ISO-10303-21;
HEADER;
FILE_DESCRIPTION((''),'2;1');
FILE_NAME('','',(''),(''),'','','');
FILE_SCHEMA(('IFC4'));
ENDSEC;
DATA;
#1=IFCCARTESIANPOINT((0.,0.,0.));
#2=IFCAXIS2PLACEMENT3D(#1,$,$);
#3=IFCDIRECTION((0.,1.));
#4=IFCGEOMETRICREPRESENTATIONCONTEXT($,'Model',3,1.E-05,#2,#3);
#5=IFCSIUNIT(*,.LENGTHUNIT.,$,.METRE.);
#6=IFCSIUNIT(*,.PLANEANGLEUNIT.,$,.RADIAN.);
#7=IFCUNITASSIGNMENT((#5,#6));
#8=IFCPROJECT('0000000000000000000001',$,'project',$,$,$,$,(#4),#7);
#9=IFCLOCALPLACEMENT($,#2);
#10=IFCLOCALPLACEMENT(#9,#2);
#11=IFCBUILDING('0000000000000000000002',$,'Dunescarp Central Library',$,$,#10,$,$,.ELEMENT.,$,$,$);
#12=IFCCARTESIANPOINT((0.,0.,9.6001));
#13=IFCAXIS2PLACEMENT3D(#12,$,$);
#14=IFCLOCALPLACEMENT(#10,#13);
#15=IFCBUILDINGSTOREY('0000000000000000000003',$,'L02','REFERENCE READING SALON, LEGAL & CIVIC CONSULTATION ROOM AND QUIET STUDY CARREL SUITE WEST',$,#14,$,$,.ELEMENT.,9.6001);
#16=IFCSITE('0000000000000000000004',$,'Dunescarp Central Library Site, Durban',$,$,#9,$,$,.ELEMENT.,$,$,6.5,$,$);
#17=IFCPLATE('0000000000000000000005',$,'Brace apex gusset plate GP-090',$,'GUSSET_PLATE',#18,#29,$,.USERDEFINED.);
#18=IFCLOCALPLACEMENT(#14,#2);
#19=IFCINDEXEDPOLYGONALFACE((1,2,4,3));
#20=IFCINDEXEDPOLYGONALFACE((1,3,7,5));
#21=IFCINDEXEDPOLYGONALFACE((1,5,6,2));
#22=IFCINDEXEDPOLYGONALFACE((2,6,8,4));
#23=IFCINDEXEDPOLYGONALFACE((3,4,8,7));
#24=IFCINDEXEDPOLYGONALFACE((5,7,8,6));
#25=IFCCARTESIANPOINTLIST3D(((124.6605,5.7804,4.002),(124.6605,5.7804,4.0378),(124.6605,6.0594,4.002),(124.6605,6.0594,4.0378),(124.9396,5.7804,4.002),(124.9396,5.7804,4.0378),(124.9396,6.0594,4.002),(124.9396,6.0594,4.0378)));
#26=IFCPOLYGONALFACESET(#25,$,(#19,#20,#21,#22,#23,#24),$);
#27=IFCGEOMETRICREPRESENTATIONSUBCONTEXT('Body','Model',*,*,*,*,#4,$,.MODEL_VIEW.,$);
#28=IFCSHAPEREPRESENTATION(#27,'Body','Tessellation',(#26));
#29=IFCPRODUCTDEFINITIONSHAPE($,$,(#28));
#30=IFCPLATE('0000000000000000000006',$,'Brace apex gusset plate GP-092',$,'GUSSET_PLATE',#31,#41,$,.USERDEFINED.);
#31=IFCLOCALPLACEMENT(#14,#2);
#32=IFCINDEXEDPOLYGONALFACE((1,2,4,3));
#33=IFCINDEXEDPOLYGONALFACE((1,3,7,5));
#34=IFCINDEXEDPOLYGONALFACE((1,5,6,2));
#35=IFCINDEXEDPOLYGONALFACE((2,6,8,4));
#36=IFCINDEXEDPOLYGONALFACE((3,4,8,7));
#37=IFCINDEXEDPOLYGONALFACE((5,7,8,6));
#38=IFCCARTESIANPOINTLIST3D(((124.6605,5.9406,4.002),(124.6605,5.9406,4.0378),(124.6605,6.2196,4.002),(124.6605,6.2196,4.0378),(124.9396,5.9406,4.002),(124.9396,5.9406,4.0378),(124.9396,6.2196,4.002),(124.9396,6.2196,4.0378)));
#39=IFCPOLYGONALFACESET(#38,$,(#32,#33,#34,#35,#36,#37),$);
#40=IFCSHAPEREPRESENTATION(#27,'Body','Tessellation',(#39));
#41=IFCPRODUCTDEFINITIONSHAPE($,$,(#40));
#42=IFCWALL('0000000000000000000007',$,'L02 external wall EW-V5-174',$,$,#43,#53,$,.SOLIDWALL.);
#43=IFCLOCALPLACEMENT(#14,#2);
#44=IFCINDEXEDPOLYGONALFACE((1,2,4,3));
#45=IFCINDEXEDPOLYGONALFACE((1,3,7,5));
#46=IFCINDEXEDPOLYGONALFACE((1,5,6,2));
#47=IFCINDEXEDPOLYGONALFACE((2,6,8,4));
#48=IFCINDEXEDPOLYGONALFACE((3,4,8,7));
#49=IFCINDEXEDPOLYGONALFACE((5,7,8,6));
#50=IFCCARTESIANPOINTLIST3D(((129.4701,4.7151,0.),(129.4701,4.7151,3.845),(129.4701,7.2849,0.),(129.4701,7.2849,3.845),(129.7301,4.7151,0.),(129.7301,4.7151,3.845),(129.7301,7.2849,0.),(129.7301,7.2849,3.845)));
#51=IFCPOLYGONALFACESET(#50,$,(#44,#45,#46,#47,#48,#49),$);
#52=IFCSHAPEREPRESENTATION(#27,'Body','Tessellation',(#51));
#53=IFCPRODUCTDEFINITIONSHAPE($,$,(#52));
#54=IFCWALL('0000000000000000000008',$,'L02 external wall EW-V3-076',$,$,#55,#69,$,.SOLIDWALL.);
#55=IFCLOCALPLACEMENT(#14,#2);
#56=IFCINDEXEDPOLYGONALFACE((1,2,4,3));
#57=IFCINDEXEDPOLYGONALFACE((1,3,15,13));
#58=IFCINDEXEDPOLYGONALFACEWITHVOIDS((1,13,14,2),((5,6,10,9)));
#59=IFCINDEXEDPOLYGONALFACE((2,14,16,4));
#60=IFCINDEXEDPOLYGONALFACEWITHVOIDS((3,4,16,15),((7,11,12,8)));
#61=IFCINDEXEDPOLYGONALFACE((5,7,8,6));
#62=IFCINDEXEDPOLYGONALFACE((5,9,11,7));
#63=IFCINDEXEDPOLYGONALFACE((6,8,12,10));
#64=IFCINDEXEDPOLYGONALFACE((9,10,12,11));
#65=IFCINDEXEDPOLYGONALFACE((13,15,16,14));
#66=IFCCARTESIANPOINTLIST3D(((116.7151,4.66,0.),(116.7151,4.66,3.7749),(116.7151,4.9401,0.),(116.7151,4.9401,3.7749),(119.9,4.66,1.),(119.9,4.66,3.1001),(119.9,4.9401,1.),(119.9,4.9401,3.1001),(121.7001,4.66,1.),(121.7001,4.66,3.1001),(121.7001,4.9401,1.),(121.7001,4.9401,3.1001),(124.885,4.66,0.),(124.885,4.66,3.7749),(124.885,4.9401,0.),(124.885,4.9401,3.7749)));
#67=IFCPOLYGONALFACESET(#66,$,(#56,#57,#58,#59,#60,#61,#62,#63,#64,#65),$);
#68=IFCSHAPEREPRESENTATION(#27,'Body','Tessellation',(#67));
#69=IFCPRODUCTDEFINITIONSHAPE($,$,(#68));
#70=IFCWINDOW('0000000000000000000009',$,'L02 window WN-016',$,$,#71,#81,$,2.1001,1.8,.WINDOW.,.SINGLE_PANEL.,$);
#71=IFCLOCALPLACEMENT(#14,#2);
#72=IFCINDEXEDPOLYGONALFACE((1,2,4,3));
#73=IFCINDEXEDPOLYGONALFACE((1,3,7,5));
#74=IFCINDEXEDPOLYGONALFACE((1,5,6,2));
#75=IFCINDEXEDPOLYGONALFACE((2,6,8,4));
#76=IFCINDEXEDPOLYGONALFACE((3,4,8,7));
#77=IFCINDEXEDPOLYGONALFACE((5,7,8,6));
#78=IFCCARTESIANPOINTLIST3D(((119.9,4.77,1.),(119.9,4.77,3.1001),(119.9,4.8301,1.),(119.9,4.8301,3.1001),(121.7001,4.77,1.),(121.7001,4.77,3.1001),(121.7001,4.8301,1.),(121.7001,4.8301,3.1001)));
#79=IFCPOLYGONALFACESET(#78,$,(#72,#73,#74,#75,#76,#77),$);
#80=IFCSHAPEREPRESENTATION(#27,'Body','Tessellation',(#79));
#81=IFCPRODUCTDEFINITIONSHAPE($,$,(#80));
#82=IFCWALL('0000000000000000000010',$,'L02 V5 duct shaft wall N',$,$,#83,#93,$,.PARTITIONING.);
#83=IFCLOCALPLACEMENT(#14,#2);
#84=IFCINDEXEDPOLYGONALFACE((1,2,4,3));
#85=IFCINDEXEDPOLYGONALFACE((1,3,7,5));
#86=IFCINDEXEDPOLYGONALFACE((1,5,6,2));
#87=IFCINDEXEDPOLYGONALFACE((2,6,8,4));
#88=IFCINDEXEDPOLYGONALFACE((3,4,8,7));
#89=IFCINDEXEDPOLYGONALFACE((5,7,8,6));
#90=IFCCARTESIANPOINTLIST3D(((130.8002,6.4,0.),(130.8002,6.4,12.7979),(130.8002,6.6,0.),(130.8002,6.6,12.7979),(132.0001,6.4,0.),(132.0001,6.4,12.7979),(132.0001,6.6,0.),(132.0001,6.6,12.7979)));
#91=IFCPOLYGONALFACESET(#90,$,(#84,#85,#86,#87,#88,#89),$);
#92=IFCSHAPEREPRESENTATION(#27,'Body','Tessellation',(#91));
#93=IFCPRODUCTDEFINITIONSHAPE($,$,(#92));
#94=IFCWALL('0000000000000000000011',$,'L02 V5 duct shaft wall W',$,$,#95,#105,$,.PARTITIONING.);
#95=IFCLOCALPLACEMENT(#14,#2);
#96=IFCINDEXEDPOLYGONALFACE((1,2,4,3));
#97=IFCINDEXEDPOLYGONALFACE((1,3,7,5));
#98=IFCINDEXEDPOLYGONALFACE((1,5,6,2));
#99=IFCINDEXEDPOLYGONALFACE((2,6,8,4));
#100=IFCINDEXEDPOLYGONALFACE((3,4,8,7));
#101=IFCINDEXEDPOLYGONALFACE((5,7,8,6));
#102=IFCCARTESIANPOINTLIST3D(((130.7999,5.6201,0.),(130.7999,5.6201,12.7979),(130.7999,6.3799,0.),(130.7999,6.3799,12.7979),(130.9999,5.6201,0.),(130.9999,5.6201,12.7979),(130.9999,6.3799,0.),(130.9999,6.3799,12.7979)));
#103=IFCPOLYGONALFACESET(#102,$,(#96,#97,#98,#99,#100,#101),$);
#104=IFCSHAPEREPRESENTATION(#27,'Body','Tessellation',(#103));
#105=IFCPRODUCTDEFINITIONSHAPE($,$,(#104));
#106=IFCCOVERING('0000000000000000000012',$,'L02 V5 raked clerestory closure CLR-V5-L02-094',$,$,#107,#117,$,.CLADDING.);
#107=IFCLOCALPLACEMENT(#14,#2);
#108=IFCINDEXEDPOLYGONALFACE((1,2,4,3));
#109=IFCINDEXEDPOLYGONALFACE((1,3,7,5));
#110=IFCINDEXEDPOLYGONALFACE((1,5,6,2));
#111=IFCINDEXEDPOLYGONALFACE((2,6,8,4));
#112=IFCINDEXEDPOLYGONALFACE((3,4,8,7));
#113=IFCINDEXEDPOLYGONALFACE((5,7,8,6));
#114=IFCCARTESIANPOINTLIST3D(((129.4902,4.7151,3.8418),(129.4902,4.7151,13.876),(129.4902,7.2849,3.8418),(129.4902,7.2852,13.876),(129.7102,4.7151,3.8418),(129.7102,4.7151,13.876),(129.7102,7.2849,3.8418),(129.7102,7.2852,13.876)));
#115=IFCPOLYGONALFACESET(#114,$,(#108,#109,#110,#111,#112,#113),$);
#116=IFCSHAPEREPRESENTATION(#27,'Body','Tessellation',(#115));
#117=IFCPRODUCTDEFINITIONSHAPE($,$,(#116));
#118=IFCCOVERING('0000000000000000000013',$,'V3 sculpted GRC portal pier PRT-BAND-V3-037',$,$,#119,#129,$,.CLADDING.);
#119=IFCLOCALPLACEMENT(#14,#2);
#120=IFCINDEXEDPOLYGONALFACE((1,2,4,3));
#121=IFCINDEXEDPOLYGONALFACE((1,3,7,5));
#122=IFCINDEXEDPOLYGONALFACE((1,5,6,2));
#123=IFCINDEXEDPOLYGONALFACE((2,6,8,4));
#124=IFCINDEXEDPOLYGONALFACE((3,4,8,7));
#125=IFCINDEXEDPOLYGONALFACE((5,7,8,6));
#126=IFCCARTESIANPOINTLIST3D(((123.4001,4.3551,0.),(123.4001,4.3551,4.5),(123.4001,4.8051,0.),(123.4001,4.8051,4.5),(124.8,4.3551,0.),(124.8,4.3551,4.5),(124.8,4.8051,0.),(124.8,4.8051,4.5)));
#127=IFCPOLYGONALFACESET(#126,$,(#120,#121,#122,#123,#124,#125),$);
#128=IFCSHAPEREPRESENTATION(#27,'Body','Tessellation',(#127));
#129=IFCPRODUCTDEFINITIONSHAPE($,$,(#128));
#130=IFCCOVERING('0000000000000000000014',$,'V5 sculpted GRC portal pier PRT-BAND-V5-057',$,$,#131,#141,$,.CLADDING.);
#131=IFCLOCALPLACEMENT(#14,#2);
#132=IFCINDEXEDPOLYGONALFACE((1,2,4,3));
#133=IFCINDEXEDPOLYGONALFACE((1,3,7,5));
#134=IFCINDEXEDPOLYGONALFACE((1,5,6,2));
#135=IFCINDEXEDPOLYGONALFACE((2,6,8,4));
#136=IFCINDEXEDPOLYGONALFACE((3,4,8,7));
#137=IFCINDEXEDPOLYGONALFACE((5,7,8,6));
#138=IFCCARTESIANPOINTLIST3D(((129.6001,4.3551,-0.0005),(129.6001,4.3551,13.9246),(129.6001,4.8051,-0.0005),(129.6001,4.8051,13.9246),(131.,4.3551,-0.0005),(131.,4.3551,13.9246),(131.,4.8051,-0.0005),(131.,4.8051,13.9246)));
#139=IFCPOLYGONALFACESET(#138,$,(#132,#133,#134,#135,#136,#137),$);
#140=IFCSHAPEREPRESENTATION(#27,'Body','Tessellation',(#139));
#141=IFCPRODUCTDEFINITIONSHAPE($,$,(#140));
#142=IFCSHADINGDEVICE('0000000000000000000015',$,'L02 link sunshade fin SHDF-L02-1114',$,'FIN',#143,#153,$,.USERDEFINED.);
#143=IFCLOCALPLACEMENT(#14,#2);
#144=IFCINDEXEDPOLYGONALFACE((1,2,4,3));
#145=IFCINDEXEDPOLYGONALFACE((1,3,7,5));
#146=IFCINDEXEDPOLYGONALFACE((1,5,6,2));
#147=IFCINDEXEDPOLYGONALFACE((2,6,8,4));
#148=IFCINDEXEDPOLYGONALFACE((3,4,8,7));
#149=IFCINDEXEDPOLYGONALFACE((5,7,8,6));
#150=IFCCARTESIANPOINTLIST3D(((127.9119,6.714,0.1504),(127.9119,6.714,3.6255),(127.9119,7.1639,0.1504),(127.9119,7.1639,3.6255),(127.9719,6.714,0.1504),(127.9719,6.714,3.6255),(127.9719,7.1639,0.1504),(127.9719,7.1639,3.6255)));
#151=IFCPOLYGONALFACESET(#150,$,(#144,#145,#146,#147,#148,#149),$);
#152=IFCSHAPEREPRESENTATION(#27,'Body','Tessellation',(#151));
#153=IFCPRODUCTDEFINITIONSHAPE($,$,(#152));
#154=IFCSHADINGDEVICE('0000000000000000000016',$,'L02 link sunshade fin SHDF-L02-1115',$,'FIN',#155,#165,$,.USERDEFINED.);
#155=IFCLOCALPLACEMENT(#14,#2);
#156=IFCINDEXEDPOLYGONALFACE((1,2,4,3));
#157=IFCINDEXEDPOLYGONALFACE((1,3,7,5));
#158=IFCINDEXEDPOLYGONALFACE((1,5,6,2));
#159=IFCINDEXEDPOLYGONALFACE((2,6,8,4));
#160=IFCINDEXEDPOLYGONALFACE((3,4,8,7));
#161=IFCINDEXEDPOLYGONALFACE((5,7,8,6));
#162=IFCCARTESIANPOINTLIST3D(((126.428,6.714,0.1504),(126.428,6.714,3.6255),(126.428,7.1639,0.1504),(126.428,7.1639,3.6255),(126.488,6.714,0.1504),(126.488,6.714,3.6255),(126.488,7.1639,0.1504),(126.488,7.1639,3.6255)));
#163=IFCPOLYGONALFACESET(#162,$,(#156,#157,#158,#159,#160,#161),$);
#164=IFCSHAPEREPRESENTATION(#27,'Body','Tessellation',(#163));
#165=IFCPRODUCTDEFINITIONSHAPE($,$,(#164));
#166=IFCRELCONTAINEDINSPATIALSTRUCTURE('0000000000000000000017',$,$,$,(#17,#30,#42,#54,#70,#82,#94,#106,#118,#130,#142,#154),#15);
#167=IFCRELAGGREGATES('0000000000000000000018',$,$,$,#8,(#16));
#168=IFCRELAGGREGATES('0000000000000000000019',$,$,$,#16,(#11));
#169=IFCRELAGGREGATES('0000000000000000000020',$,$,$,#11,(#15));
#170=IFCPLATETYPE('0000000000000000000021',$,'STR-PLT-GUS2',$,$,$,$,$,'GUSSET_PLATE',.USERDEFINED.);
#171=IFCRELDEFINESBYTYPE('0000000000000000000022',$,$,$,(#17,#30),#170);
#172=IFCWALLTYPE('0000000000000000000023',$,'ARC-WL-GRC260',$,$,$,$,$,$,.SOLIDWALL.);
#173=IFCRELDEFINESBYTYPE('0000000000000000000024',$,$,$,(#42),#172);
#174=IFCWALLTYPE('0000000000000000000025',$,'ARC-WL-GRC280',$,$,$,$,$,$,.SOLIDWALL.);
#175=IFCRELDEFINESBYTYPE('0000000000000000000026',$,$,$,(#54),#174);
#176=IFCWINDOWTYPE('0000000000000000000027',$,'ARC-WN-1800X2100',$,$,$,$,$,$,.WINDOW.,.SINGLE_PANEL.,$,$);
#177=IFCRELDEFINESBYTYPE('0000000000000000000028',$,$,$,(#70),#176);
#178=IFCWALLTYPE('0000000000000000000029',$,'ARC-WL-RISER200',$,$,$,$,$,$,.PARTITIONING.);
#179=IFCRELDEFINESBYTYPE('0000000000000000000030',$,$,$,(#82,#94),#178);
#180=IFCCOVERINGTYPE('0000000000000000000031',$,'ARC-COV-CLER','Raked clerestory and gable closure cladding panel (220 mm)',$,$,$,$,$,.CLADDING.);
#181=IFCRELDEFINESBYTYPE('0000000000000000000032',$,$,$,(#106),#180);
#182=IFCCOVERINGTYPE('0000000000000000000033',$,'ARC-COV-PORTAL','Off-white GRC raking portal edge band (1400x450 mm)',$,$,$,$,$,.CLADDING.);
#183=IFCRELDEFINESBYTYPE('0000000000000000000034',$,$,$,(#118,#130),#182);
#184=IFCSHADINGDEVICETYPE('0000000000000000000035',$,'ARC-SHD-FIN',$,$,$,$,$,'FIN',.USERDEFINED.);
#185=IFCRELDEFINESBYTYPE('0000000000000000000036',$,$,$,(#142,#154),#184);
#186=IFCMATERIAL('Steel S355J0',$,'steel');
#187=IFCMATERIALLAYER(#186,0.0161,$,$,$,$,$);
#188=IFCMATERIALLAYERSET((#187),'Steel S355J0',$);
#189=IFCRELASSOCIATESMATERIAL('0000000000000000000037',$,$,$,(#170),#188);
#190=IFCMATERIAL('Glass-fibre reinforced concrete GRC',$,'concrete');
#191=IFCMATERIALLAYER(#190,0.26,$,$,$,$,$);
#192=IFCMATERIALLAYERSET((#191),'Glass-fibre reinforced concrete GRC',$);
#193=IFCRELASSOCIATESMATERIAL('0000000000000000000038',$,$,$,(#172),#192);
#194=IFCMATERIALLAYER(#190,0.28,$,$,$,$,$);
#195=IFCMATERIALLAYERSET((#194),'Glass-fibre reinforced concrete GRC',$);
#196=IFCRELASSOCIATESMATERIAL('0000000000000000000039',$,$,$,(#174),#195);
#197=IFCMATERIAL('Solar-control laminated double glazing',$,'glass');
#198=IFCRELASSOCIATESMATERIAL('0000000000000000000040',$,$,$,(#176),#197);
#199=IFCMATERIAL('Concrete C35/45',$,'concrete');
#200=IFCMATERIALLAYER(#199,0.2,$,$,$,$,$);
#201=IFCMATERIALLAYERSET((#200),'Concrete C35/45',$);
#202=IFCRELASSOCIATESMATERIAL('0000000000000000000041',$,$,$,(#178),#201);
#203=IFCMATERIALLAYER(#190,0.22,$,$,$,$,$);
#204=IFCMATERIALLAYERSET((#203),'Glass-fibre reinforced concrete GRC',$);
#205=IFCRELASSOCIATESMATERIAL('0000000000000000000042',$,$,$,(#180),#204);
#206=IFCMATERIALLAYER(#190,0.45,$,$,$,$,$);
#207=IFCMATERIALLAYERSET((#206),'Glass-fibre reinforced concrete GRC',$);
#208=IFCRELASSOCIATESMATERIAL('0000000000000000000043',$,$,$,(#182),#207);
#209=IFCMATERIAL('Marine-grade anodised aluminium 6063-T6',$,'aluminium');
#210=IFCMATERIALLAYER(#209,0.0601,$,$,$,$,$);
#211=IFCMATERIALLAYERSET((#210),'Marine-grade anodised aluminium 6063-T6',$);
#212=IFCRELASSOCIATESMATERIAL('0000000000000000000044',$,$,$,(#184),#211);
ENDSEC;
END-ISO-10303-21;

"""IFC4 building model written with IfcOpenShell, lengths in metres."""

from ifc_helpers import new_model, si_unit, direction, frame, frame_2d, origin, origin_2d, place, context, subcontext, project, spatial, polyline, rectangle, outline, extrude, material, layer, layer_set, type_object, element, fill, save


model = new_model("IFC4")

# Units and contexts
model_context = context("Model", 3, precision=1e-05, world=origin(), true_north=direction((0.0, 1.0)))
body_context = subcontext(model_context, "Body", "Model", "MODEL_VIEW")
ifc_project = project(units=[si_unit("LENGTHUNIT", "METRE"), si_unit("PLANEANGLEUNIT", "RADIAN")], contexts=[model_context])

# Site, building, storey
site_placement = place(None, origin())
site = spatial("IfcSite", under=ifc_project, at=site_placement, Name="Dunescarp Central Library Site, Durban", CompositionType="ELEMENT", RefElevation=6.5)
building_placement = place(site_placement, origin())
building = spatial("IfcBuilding", under=site, at=building_placement, Name="Dunescarp Central Library", CompositionType="ELEMENT")
storey_placement = place(building_placement, frame((0.0, 0.0, 9.6001)))
storey = spatial("IfcBuildingStorey", under=building, at=storey_placement, Name="L02", Description="REFERENCE READING SALON, LEGAL & CIVIC CONSULTATION ROOM AND QUIET STUDY CARREL SUITE WEST", CompositionType="ELEMENT", Elevation=9.6001)

# Shared definitions
ifc_material_1 = material(Name="Marine-grade anodised aluminium 6063-T6", Category="aluminium")

# Shared definitions
ifc_material_2 = material(Name="Steel S355J0", Category="steel")

# Shared definitions
ifc_material_3 = material(Name="Solar-control laminated double glazing", Category="glass")

# Plates
ifc_layer_1 = layer(ifc_material_2, 0.0161)
ifc_layer_set_1 = layer_set([ifc_layer_1], Name="Steel S355J0")
plate_type_1 = type_object("IfcPlateType", Name="STR-PLT-GUS2", ElementType="GUSSET_PLATE", PredefinedType="USERDEFINED", material=ifc_layer_set_1)
for number, where, z_axis, x_axis, name in (
    (1, (124.8, 5.9199, 4.002), (0.0, 0.0, 1.0), (1.0, 0.0, 0.0), "Brace apex gusset plate GP-090"),
    (2, (124.8, 6.0801, 4.002), (0.0, 0.0, 1.0), (1.0, 0.0, 0.0), "Brace apex gusset plate GP-092"),
):
    element("IfcPlate", number, at=place(storey_placement, frame(where, z_axis=z_axis, x_axis=x_axis)), inside=storey, type_object=plate_type_1, Name=name, ObjectType="GUSSET_PLATE", PredefinedType="USERDEFINED", context=body_context, shape_type="SweptSolid", body=[
        extrude(rectangle(XDim=0.2791, YDim=0.2791, at=origin_2d()), origin(), (0.0, 0.0, 1.0), 0.0359),
    ])

# Wall
ifc_material_4 = material(Name="Glass-fibre reinforced concrete GRC", Category="concrete")
ifc_layer_2 = layer(ifc_material_4, 0.26)
ifc_layer_set_2 = layer_set([ifc_layer_2], Name="Glass-fibre reinforced concrete GRC")
wall_type_1 = type_object("IfcWallType", Name="ARC-WL-GRC260", PredefinedType="SOLIDWALL", material=ifc_layer_set_2)
wall_1_placement = place(storey_placement, frame((129.6001, 4.7151, 0.0), z_axis=(0.0, 0.0, 1.0), x_axis=(0.0, 1.0, 0.0)))
element("IfcWall", 3, at=wall_1_placement, inside=storey, type_object=wall_type_1, Name="L02 external wall EW-V5-174", PredefinedType="SOLIDWALL", context=body_context, shape_type="SweptSolid", body=[
    extrude(rectangle(XDim=2.5698, YDim=0.26, at=frame_2d((1.2849, 0.0))), origin(), (0.0, 0.0, 1.0), 3.845),
])

# Wall, opening, window
ifc_layer_3 = layer(ifc_material_4, 0.28)
ifc_layer_set_3 = layer_set([ifc_layer_3], Name="Glass-fibre reinforced concrete GRC")
wall_type_2 = type_object("IfcWallType", Name="ARC-WL-GRC280", PredefinedType="SOLIDWALL", material=ifc_layer_set_3)
wall_2_placement = place(storey_placement, frame((124.885, 4.8, 0.0), z_axis=(0.0, 0.0, 1.0), x_axis=(-1.0, 0.0, 0.0)))
wall_2 = element("IfcWall", 4, at=wall_2_placement, inside=storey, type_object=wall_type_2, Name="L02 external wall EW-V3-076", PredefinedType="SOLIDWALL", context=body_context, shape_type="SweptSolid", body=[
    extrude(rectangle(XDim=8.1699, YDim=0.28, at=frame_2d((4.085, 0.0))), origin(), (0.0, 0.0, 1.0), 3.7749),
])
opening_placement = place(wall_2_placement, frame((3.1851, 0.0, 1.0)))
opening = element("IfcOpeningElement", 5, at=opening_placement, cuts=wall_2, PredefinedType="OPENING", context=body_context, shape_type="SweptSolid", body=[
    extrude(rectangle(XDim=1.8, YDim=2.1001, at=frame_2d((0.8999, 1.05))), frame((0.0, 0.1499, 0.0), z_axis=(0.0, -1.0, 0.0), x_axis=(1.0, 0.0, 0.0)), (0.0, 0.0, 1.0), 0.3),
])
window_type = type_object("IfcWindowType", Name="ARC-WN-1800X2100", PartitioningType="SINGLE_PANEL", PredefinedType="WINDOW", material=ifc_material_3)
window_placement = place(opening_placement, origin())
window = element("IfcWindow", 6, at=window_placement, inside=storey, type_object=window_type, Name="L02 window WN-016", OverallHeight=2.1001, OverallWidth=1.8, PartitioningType="SINGLE_PANEL", PredefinedType="WINDOW", context=body_context, shape_type="SweptSolid", body=[
    extrude(rectangle(XDim=1.8, YDim=2.1001, at=frame_2d((0.8999, 1.05))), frame((0.0, 0.03, 0.0), z_axis=(0.0, -1.0, 0.0), x_axis=(1.0, 0.0, 0.0)), (0.0, 0.0, 1.0), 0.0601),
])
fill(opening, window)

# Walls
ifc_material_5 = material(Name="Concrete C35/45", Category="concrete")
ifc_layer_4 = layer(ifc_material_5, 0.2)
ifc_layer_set_4 = layer_set([ifc_layer_4], Name="Concrete C35/45")
wall_type_3 = type_object("IfcWallType", Name="ARC-WL-RISER200", PredefinedType="PARTITIONING", material=ifc_layer_set_4)
wall_3_placement = place(storey_placement, frame((130.8, 6.5, 0.0), z_axis=(0.0, 0.0, 1.0), x_axis=(1.0, 0.0, 0.0)))
element("IfcWall", 7, at=wall_3_placement, inside=storey, type_object=wall_type_3, Name="L02 V5 duct shaft wall N", PredefinedType="PARTITIONING", context=body_context, shape_type="SweptSolid", body=[
    extrude(rectangle(XDim=1.2, YDim=0.2, at=frame_2d((0.6001, 0.0))), origin(), (0.0, 0.0, 1.0), 12.7979),
])
wall_4_placement = place(storey_placement, frame((130.8999, 5.6201, 0.0), z_axis=(0.0, 0.0, 1.0), x_axis=(0.0, 1.0, 0.0)))
element("IfcWall", 8, at=wall_4_placement, inside=storey, type_object=wall_type_3, Name="L02 V5 duct shaft wall W", PredefinedType="PARTITIONING", context=body_context, shape_type="SweptSolid", body=[
    extrude(rectangle(XDim=0.7598, YDim=0.2, at=frame_2d((0.3799, 0.0))), origin(), (0.0, 0.0, 1.0), 12.7979),
])

# Coverings
ifc_layer_5 = layer(ifc_material_4, 0.22)
ifc_layer_set_5 = layer_set([ifc_layer_5], Name="Glass-fibre reinforced concrete GRC")
covering_type_1 = type_object("IfcCoveringType", Name="ARC-COV-CLER", Description="Raked clerestory and gable closure cladding panel (220 mm)", PredefinedType="CLADDING", material=ifc_layer_set_5)
covering_1_placement = place(storey_placement, frame((129.6001, 4.7151, 3.8418), z_axis=(0.0, 0.0, 1.0), x_axis=(0.0, 1.0, 0.0)))
element("IfcCovering", 9, at=covering_1_placement, inside=storey, type_object=covering_type_1, Name="L02 V5 raked clerestory closure CLR-V5-L02-094", PredefinedType="CLADDING", context=body_context, shape_type="SweptSolid", body=[
    extrude(outline(polyline([(0.0, 0.0), (2.5698, 0.0), (2.5701, 10.0342), (0.0, 10.0342), (0.0, 0.0)])), frame((0.0, 0.1099, 0.0), z_axis=(0.0, -1.0, 0.0), x_axis=(1.0, 0.0, 0.0)), (0.0, 0.0, 1.0), 0.22),
])
ifc_layer_6 = layer(ifc_material_4, 0.45)
ifc_layer_set_6 = layer_set([ifc_layer_6], Name="Glass-fibre reinforced concrete GRC")
covering_type_2 = type_object("IfcCoveringType", Name="ARC-COV-PORTAL", Description="Off-white GRC raking portal edge band (1400x450 mm)", PredefinedType="CLADDING", material=ifc_layer_set_6)
covering_2_placement = place(storey_placement, frame((124.1001, 4.5801, 0.0), z_axis=(0.0, 0.0, 1.0), x_axis=(1.0, 0.0, 0.0)))
element("IfcCovering", 10, at=covering_2_placement, inside=storey, type_object=covering_type_2, Name="V3 sculpted GRC portal pier PRT-BAND-V3-037", PredefinedType="CLADDING", context=body_context, shape_type="SweptSolid", body=[
    extrude(rectangle(XDim=1.3999, YDim=0.45, at=origin_2d()), origin(), (0.0, 0.0, 1.0), 4.5),
])
covering_3_placement = place(storey_placement, frame((130.3, 4.5801, -0.0005), z_axis=(0.0, 0.0, 1.0), x_axis=(1.0, 0.0, 0.0)))
element("IfcCovering", 11, at=covering_3_placement, inside=storey, type_object=covering_type_2, Name="V5 sculpted GRC portal pier PRT-BAND-V5-057", PredefinedType="CLADDING", context=body_context, shape_type="SweptSolid", body=[
    extrude(rectangle(XDim=1.3999, YDim=0.45, at=origin_2d()), origin(), (0.0, 0.0, 1.0), 13.925),
])

# Shading devices
ifc_layer_7 = layer(ifc_material_1, 0.0601)
ifc_layer_set_7 = layer_set([ifc_layer_7], Name="Marine-grade anodised aluminium 6063-T6")
shading_device_type = type_object("IfcShadingDeviceType", Name="ARC-SHD-FIN", ElementType="FIN", PredefinedType="USERDEFINED", material=ifc_layer_set_7)
for number, where, z_axis, x_axis, name in (
    (12, (127.9419, 6.939, 0.1504), (0.0, 0.0, 1.0), (0.0, -1.0, 0.0), "L02 link sunshade fin SHDF-L02-1114"),
    (13, (126.458, 6.939, 0.1504), (0.0, 0.0, 1.0), (0.0, -1.0, 0.0), "L02 link sunshade fin SHDF-L02-1115"),
):
    element("IfcShadingDevice", number, at=place(storey_placement, frame(where, z_axis=z_axis, x_axis=x_axis)), inside=storey, type_object=shading_device_type, Name=name, ObjectType="FIN", PredefinedType="USERDEFINED", context=body_context, shape_type="SweptSolid", body=[
        extrude(rectangle(XDim=0.45, YDim=0.0601, at=origin_2d()), origin(), (0.0, 0.0, 1.0), 3.4751),
    ])

save(model, "model.ifc")
